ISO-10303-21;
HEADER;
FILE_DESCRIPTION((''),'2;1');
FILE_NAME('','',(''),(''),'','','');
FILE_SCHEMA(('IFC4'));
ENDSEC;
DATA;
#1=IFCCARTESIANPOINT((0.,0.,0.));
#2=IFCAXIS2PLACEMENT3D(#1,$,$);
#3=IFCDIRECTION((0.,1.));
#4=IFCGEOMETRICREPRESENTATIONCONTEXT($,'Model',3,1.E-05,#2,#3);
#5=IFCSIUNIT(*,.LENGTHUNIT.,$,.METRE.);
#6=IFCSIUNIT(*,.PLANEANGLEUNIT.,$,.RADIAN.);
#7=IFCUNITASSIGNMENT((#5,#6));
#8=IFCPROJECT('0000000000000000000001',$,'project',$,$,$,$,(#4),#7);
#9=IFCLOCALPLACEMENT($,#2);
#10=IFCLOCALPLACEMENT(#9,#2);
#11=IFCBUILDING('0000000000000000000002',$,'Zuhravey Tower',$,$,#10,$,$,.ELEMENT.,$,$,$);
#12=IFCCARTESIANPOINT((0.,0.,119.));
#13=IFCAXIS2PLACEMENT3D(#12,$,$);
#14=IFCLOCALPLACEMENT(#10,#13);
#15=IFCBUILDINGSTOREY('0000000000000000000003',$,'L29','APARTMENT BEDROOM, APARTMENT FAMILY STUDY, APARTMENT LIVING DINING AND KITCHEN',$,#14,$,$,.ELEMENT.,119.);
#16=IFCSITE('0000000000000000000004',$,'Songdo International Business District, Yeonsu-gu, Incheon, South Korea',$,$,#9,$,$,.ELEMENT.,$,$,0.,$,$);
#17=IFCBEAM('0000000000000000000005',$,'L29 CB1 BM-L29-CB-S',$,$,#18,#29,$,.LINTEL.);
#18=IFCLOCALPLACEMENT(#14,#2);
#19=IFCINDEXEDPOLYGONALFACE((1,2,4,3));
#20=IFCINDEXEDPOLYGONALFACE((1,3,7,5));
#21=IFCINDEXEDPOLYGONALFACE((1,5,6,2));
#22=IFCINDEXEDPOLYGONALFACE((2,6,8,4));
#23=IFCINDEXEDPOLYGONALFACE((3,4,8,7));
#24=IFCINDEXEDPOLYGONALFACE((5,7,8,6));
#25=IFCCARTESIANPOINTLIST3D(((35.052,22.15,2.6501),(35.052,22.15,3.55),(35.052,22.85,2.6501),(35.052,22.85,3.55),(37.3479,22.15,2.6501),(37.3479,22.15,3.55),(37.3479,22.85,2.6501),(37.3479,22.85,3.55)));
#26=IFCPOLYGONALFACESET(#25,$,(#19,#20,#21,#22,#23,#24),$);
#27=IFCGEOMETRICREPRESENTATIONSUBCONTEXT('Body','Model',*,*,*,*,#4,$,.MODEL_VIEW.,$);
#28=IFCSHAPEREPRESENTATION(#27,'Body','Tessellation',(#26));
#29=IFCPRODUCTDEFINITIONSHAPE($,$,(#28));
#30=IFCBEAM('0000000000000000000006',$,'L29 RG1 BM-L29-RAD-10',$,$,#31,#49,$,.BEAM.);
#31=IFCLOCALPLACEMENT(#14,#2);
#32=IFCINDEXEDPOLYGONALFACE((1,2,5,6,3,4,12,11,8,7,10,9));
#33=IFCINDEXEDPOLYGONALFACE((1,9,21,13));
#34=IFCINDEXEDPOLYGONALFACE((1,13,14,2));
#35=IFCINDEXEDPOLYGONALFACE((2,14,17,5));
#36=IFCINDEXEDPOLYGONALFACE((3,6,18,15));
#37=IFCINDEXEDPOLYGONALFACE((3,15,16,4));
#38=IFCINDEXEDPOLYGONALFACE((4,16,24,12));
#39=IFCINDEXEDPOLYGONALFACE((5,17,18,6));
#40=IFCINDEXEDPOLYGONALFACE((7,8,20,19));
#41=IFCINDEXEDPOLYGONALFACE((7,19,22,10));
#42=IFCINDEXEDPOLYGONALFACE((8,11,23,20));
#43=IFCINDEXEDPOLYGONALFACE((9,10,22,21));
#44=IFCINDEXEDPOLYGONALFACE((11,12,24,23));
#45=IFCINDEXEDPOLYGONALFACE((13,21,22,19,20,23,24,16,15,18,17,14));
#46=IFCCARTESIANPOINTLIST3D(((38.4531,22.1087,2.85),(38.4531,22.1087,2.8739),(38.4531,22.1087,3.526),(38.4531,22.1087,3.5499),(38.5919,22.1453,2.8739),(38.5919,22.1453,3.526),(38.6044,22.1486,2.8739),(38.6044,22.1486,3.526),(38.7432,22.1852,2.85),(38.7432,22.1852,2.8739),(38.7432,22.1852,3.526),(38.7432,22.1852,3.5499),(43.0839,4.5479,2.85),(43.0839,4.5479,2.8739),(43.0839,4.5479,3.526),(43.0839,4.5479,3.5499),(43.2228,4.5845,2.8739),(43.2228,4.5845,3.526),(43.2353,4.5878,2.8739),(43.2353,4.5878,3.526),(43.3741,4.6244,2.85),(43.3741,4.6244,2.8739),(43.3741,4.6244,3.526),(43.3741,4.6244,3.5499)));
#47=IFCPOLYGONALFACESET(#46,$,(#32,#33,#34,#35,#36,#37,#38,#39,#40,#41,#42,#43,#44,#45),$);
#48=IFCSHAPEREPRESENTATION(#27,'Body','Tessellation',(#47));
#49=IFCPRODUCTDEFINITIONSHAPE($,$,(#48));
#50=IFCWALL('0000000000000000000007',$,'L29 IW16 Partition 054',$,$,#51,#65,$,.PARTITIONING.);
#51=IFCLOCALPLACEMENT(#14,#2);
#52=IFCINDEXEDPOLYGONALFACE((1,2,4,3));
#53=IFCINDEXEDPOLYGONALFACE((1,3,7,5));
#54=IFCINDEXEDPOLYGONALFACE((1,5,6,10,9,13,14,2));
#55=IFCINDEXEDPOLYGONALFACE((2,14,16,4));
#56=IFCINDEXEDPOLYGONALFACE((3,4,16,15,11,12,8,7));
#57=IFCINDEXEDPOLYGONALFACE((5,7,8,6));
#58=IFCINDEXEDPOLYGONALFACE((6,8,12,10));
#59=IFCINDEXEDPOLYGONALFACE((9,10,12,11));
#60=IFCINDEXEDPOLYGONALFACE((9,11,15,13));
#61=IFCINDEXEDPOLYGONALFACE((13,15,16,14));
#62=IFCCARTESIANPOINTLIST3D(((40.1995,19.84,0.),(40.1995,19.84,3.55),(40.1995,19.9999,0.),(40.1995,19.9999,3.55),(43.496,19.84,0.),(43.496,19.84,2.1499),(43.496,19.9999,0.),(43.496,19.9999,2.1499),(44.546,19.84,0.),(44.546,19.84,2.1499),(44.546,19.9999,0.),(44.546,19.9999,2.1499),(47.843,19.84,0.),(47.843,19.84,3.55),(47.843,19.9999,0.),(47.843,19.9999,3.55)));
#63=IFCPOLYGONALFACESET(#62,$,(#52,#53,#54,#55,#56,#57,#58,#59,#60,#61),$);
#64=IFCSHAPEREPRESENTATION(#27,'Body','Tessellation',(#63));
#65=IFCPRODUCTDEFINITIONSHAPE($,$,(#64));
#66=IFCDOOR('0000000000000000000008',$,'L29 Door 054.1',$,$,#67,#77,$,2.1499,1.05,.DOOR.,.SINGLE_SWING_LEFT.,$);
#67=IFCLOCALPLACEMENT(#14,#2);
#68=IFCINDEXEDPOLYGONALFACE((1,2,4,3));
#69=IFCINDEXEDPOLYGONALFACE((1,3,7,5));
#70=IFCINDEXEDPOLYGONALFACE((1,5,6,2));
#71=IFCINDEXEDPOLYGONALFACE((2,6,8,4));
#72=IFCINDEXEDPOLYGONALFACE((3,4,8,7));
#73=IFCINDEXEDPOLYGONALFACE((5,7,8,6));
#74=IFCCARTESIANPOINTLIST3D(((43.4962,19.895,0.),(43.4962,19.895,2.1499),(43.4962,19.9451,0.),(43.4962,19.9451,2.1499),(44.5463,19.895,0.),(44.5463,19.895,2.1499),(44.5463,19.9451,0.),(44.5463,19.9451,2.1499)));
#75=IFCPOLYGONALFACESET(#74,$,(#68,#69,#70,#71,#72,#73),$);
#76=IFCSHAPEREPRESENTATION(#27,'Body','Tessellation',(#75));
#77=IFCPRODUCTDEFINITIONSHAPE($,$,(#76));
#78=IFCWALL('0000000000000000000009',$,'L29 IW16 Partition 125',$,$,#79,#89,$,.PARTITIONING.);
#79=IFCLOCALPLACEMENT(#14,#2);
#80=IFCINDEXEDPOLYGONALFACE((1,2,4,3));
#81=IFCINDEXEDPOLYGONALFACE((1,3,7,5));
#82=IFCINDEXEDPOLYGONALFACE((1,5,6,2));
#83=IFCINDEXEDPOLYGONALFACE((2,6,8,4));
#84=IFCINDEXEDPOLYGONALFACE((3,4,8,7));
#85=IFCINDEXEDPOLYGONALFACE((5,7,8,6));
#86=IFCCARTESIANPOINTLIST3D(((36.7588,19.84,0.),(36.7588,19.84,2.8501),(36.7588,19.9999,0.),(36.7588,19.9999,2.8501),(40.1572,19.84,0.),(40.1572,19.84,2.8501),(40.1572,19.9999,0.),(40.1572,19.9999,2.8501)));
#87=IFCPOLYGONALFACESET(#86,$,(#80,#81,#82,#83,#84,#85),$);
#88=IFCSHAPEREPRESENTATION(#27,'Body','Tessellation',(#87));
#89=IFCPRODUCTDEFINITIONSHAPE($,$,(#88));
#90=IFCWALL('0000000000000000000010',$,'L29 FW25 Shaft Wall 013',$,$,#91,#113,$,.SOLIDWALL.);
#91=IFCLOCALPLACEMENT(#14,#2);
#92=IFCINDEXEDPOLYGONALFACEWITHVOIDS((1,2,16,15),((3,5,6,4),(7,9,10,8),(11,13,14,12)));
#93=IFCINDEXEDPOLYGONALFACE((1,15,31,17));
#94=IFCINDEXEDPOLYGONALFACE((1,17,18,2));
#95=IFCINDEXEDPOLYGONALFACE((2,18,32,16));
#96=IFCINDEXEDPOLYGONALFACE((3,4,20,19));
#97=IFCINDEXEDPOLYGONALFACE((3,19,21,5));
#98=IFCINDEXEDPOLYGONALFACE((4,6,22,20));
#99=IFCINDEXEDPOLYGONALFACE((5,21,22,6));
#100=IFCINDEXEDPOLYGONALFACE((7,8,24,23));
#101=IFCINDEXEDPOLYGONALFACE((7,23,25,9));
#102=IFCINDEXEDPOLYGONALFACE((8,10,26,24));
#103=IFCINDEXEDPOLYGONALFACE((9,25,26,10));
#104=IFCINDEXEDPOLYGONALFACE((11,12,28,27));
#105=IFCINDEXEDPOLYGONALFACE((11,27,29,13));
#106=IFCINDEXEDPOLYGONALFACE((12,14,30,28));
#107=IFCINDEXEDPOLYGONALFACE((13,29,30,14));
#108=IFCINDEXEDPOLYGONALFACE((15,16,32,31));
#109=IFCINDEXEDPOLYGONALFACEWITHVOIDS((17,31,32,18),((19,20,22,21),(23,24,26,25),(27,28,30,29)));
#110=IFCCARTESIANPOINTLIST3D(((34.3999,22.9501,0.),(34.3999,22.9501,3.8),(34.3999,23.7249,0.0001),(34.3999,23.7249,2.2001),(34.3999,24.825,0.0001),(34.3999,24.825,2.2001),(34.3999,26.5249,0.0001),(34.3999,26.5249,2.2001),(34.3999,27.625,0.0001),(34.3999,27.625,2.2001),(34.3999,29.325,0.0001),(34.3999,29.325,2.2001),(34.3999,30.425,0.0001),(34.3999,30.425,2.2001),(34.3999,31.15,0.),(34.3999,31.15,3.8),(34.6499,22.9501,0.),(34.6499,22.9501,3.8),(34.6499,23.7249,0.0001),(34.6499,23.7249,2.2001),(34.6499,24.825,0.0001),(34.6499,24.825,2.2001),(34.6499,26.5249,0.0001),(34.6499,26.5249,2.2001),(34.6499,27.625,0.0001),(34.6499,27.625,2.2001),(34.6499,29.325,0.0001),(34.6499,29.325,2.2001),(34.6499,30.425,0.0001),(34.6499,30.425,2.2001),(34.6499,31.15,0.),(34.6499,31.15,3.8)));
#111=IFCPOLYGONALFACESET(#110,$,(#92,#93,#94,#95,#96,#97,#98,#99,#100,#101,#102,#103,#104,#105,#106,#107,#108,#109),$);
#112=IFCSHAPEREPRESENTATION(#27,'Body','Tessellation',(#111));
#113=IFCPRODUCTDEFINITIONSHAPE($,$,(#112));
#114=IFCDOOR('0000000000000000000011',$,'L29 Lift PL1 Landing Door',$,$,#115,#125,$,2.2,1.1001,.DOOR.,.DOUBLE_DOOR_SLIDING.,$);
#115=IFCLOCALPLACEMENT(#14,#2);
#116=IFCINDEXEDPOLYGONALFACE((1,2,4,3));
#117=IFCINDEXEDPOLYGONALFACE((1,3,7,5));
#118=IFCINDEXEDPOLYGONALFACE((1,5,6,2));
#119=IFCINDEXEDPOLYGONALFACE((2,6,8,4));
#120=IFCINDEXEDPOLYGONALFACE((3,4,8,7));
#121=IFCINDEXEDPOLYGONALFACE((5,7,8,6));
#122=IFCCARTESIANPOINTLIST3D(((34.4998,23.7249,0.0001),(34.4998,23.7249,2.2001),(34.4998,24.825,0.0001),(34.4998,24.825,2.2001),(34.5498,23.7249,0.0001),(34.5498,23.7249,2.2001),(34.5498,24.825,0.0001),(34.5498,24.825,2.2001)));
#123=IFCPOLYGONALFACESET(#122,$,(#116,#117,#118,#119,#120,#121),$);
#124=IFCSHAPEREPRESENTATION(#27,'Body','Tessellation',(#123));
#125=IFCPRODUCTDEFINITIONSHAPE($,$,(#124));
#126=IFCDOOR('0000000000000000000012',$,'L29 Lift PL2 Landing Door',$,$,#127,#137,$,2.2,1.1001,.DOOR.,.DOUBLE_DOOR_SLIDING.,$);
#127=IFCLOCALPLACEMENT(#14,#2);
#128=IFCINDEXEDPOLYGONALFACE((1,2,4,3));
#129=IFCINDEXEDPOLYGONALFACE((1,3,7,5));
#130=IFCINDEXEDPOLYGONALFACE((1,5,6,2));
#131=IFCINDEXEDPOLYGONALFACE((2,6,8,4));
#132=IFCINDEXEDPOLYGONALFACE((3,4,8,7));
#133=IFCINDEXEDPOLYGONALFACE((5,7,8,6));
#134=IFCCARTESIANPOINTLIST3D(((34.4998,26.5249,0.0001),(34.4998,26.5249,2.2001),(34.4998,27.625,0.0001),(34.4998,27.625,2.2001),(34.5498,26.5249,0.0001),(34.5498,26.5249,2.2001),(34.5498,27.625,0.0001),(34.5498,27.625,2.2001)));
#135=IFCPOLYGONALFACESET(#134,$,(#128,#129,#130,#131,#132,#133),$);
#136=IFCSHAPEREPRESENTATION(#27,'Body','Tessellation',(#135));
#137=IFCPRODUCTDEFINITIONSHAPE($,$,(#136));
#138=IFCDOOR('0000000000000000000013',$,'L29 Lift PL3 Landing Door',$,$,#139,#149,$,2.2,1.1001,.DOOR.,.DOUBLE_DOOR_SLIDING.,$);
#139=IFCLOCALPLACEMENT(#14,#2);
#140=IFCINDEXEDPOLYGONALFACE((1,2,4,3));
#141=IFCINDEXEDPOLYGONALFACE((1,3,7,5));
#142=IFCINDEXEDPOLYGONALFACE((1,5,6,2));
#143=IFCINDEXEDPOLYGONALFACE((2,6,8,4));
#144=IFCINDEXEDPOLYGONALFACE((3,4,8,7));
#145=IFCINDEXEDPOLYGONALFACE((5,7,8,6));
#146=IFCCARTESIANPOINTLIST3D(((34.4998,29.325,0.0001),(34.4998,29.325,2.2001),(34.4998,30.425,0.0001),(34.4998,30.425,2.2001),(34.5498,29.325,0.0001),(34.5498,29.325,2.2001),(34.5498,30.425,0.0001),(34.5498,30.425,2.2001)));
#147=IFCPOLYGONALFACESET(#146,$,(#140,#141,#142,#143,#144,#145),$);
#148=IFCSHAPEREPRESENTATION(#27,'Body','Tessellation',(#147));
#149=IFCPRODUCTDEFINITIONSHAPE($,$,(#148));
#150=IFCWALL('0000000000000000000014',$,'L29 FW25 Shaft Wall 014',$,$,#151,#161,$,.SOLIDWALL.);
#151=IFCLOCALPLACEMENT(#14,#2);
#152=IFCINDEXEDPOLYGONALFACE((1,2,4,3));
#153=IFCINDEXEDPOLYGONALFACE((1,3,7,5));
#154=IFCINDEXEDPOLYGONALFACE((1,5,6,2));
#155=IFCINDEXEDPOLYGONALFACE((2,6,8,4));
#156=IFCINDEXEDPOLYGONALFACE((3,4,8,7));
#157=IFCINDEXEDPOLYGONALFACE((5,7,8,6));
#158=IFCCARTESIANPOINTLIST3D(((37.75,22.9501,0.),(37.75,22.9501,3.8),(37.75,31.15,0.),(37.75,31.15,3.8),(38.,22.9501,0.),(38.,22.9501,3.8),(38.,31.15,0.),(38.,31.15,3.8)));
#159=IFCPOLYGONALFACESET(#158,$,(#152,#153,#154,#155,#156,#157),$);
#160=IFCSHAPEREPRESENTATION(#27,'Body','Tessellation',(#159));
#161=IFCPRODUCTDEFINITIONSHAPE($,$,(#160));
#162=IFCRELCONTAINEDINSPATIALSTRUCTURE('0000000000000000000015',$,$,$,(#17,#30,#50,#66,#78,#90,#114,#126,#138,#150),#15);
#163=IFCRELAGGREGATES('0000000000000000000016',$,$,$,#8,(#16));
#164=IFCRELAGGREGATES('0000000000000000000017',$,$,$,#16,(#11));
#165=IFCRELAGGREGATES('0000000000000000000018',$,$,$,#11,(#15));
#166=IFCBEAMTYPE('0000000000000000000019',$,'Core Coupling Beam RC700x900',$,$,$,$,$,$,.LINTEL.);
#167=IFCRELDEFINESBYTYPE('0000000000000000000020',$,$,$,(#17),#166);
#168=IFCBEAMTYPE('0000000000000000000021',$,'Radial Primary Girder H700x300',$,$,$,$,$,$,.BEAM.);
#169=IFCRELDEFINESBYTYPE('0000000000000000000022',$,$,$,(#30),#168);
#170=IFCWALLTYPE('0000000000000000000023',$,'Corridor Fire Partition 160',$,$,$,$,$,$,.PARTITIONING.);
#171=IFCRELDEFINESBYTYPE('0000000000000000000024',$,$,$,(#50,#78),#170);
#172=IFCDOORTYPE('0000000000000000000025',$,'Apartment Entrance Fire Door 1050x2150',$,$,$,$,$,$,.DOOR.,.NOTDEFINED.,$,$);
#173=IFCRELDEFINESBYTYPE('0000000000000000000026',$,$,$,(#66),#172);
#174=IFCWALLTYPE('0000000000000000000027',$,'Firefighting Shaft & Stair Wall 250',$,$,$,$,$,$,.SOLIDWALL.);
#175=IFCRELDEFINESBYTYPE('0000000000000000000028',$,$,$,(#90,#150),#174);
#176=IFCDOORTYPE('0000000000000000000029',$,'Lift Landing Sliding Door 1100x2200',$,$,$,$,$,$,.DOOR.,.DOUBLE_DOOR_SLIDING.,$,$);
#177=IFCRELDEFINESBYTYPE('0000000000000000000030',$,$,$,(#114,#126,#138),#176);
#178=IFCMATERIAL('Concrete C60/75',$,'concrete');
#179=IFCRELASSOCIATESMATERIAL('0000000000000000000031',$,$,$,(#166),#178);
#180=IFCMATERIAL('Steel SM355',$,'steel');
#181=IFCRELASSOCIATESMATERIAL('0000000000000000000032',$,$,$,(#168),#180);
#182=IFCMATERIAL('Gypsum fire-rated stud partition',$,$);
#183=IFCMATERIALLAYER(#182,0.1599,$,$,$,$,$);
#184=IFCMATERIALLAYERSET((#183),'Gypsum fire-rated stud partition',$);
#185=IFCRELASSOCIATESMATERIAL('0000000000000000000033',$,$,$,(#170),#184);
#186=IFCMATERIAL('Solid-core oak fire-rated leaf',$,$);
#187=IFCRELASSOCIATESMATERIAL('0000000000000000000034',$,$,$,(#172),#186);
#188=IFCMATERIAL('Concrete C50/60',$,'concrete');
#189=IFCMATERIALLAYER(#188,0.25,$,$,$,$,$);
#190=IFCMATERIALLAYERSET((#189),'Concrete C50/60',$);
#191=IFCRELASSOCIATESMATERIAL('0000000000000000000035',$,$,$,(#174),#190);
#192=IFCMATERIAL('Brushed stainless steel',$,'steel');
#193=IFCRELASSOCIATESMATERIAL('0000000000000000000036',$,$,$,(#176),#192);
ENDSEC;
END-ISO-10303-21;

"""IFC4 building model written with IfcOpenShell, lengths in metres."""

from ifc_helpers import new_model, si_unit, direction, frame, frame_2d, origin, origin_2d, place, context, subcontext, project, spatial, rectangle, i_section, extrude, material, layer, layer_set, material_profile, profile_set, type_object, element, fill, save


model = new_model("IFC4")

# Units and contexts
model_context = context("Model", 3, precision=1e-05, world=origin(), true_north=direction((0.0, 1.0)))
body_context = subcontext(model_context, "Body", "Model", "MODEL_VIEW")
ifc_project = project(units=[si_unit("LENGTHUNIT", "METRE"), si_unit("PLANEANGLEUNIT", "RADIAN")], contexts=[model_context])

# Site, building, storey
site_placement = place(None, origin())
site = spatial("IfcSite", under=ifc_project, at=site_placement, Name="Songdo International Business District, Yeonsu-gu, Incheon, South Korea", CompositionType="ELEMENT", RefElevation=0.0)
building_placement = place(site_placement, origin())
building = spatial("IfcBuilding", under=site, at=building_placement, Name="Zuhravey Tower", CompositionType="ELEMENT")
storey_placement = place(building_placement, frame((0.0, 0.0, 119.0)))
storey = spatial("IfcBuildingStorey", under=building, at=storey_placement, Name="L29", Description="APARTMENT BEDROOM, APARTMENT FAMILY STUDY, APARTMENT LIVING DINING AND KITCHEN", CompositionType="ELEMENT", Elevation=119.0)

# Beams
ifc_material_1 = material(Name="Concrete C60/75", Category="concrete")
ifc_material_profile_1 = material_profile(ifc_material_1, rectangle(XDim=0.7, YDim=0.8999, at=origin_2d()), Name="RC-700x900")
ifc_profile_set_1 = profile_set([ifc_material_profile_1], Name="Concrete C60/75")
beam_type_1 = type_object("IfcBeamType", Name="Core Coupling Beam RC700x900", PredefinedType="LINTEL", material=ifc_profile_set_1)
beam_1_placement = place(storey_placement, frame((35.052, 22.5, 3.1001), z_axis=(1.0, 0.0, 0.0), x_axis=(0.0, 1.0, 0.0)))
element("IfcBeam", 1, at=beam_1_placement, inside=storey, type_object=beam_type_1, Name="L29 CB1 BM-L29-CB-S", PredefinedType="LINTEL", context=body_context, shape_type="SweptSolid", body=[
    extrude(rectangle(XDim=0.7, YDim=0.8999, at=origin_2d()), origin(), (0.0, 0.0, 1.0), 2.2959),
])
ifc_material_2 = material(Name="Steel SM355", Category="steel")
ifc_material_profile_2 = material_profile(ifc_material_2, i_section(OverallWidth=0.3, OverallDepth=0.7, WebThickness=0.0129, FlangeThickness=0.0239, at=origin_2d()), Name="H-700x300x13x24")
ifc_profile_set_2 = profile_set([ifc_material_profile_2], Name="Steel SM355")
beam_type_2 = type_object("IfcBeamType", Name="Radial Primary Girder H700x300", PredefinedType="BEAM", material=ifc_profile_set_2)
beam_2_placement = place(storey_placement, frame((38.5981, 22.147, 3.2), z_axis=(0.254988, -0.966944, 0.0), x_axis=(0.966944, 0.254988, 0.0)))
element("IfcBeam", 2, at=beam_2_placement, inside=storey, type_object=beam_type_2, Name="L29 RG1 BM-L29-RAD-10", PredefinedType="BEAM", context=body_context, shape_type="SweptSolid", body=[
    extrude(i_section(OverallWidth=0.3, OverallDepth=0.7, WebThickness=0.0129, FlangeThickness=0.0239, at=origin_2d()), origin(), (0.0, 0.0, 1.0), 18.1611),
])

# Wall, opening, door
ifc_material_3 = material(Name="Gypsum fire-rated stud partition")
ifc_layer_1 = layer(ifc_material_3, 0.1599)
ifc_layer_set_1 = layer_set([ifc_layer_1], Name="Gypsum fire-rated stud partition")
wall_type_1 = type_object("IfcWallType", Name="Corridor Fire Partition 160", PredefinedType="PARTITIONING", material=ifc_layer_set_1)
wall_1_placement = place(storey_placement, frame((40.1995, 19.9199, 0.0), z_axis=(0.0, 0.0, 1.0), x_axis=(1.0, 0.0, 0.0)))
wall_1 = element("IfcWall", 3, at=wall_1_placement, inside=storey, type_object=wall_type_1, Name="L29 IW16 Partition 054", PredefinedType="PARTITIONING", context=body_context, shape_type="SweptSolid", body=[
    extrude(rectangle(XDim=7.6436, YDim=0.1599, at=frame_2d((3.8218, 0.0))), origin(), (0.0, 0.0, 1.0), 3.55),
])
opening_1_placement = place(wall_1_placement, frame((3.2966, 0.0, 0.0)))
opening_1 = element("IfcOpeningElement", 4, at=opening_1_placement, cuts=wall_1, PredefinedType="OPENING", context=body_context, shape_type="SweptSolid", body=[
    extrude(rectangle(XDim=1.05, YDim=2.1499, at=frame_2d((0.5249, 1.075))), frame((0.0, 0.092, 0.0), z_axis=(0.0, -1.0, 0.0), x_axis=(1.0, 0.0, 0.0)), (0.0, 0.0, 1.0), 0.1838),
])
ifc_material_4 = material(Name="Solid-core oak fire-rated leaf")
door_type_1 = type_object("IfcDoorType", Name="Apartment Entrance Fire Door 1050x2150", OperationType="NOTDEFINED", PredefinedType="DOOR", material=ifc_material_4)
door_1_placement = place(opening_1_placement, frame((1.05, 0.0, 0.0), z_axis=(0.0, 0.0, 1.0), x_axis=(-1.0, 0.0, 0.0)))
door_1 = element("IfcDoor", 5, at=door_1_placement, inside=storey, type_object=door_type_1, Name="L29 Door 054.1", OperationType="SINGLE_SWING_LEFT", OverallHeight=2.1499, OverallWidth=1.05, PredefinedType="DOOR", context=body_context, shape_type="SweptSolid", body=[
    extrude(rectangle(XDim=1.05, YDim=2.1499, at=frame_2d((0.5249, 1.075))), frame((0.0, 0.0249, 0.0), z_axis=(0.0, -1.0, 0.0), x_axis=(1.0, 0.0, 0.0)), (0.0, 0.0, 1.0), 0.05),
])
fill(opening_1, door_1)

# Wall
wall_2_placement = place(storey_placement, frame((36.7588, 19.9199, 0.0), z_axis=(0.0, 0.0, 1.0), x_axis=(1.0, 0.0, 0.0)))
element("IfcWall", 6, at=wall_2_placement, inside=storey, type_object=wall_type_1, Name="L29 IW16 Partition 125", PredefinedType="PARTITIONING", context=body_context, shape_type="SweptSolid", body=[
    extrude(rectangle(XDim=3.3984, YDim=0.1599, at=frame_2d((1.6992, 0.0))), origin(), (0.0, 0.0, 1.0), 2.8501),
])

# Shared definitions
ifc_material_5 = material(Name="Concrete C50/60", Category="concrete")
ifc_layer_2 = layer(ifc_material_5, 0.25)
ifc_layer_set_2 = layer_set([ifc_layer_2], Name="Concrete C50/60")
wall_type_2 = type_object("IfcWallType", Name="Firefighting Shaft & Stair Wall 250", PredefinedType="SOLIDWALL", material=ifc_layer_set_2)

# Wall, openings, doors
wall_3_placement = place(storey_placement, frame((34.5249, 22.95, 0.0), z_axis=(0.0, 0.0, 1.0), x_axis=(0.0, 1.0, 0.0)))
wall_3 = element("IfcWall", 7, at=wall_3_placement, inside=storey, type_object=wall_type_2, Name="L29 FW25 Shaft Wall 013", PredefinedType="SOLIDWALL", context=body_context, shape_type="SweptSolid", body=[
    extrude(rectangle(XDim=8.2, YDim=0.25, at=frame_2d((4.1001, 0.0))), origin(), (0.0, 0.0, 1.0), 3.8),
])
opening_2_placement = place(wall_3_placement, frame((0.7749, 0.0, 0.0)))
opening_2 = element("IfcOpeningElement", 8, at=opening_2_placement, cuts=wall_3, PredefinedType="OPENING", context=body_context, shape_type="SweptSolid", body=[
    extrude(rectangle(XDim=1.1001, YDim=2.2, at=frame_2d((0.55, 1.1001))), frame((0.0, 0.137, 0.0), z_axis=(0.0, -1.0, 0.0), x_axis=(1.0, 0.0, 0.0)), (0.0, 0.0, 1.0), 0.2739),
])
opening_3_placement = place(wall_3_placement, frame((3.575, 0.0, 0.0)))
opening_3 = element("IfcOpeningElement", 9, at=opening_3_placement, cuts=wall_3, PredefinedType="OPENING", context=body_context, shape_type="SweptSolid", body=[
    extrude(rectangle(XDim=1.1001, YDim=2.2, at=frame_2d((0.55, 1.1001))), frame((0.0, 0.137, 0.0), z_axis=(0.0, -1.0, 0.0), x_axis=(1.0, 0.0, 0.0)), (0.0, 0.0, 1.0), 0.2739),
])
opening_4_placement = place(wall_3_placement, frame((6.375, 0.0, 0.0)))
opening_4 = element("IfcOpeningElement", 10, at=opening_4_placement, cuts=wall_3, PredefinedType="OPENING", context=body_context, shape_type="SweptSolid", body=[
    extrude(rectangle(XDim=1.1001, YDim=2.2, at=frame_2d((0.55, 1.1001))), frame((0.0, 0.137, 0.0), z_axis=(0.0, -1.0, 0.0), x_axis=(1.0, 0.0, 0.0)), (0.0, 0.0, 1.0), 0.2739),
])
ifc_material_6 = material(Name="Brushed stainless steel", Category="steel")
door_type_2 = type_object("IfcDoorType", Name="Lift Landing Sliding Door 1100x2200", OperationType="DOUBLE_DOOR_SLIDING", PredefinedType="DOOR", material=ifc_material_6)
door_2_placement = place(opening_2_placement, frame((1.1001, 0.0, 0.0), z_axis=(0.0, 0.0, 1.0), x_axis=(-1.0, 0.0, 0.0)))
door_2 = element("IfcDoor", 11, at=door_2_placement, inside=storey, type_object=door_type_2, Name="L29 Lift PL1 Landing Door", OperationType="DOUBLE_DOOR_SLIDING", OverallHeight=2.2, OverallWidth=1.1001, PredefinedType="DOOR", context=body_context, shape_type="SweptSolid", body=[
    extrude(rectangle(XDim=1.1001, YDim=2.2, at=frame_2d((0.55, 1.1001))), frame((0.0, 0.0249, 0.0), z_axis=(0.0, -1.0, 0.0), x_axis=(1.0, 0.0, 0.0)), (0.0, 0.0, 1.0), 0.05),
])
fill(opening_2, door_2)
door_3_placement = place(opening_3_placement, frame((1.1001, 0.0, 0.0), z_axis=(0.0, 0.0, 1.0), x_axis=(-1.0, 0.0, 0.0)))
door_3 = element("IfcDoor", 12, at=door_3_placement, inside=storey, type_object=door_type_2, Name="L29 Lift PL2 Landing Door", OperationType="DOUBLE_DOOR_SLIDING", OverallHeight=2.2, OverallWidth=1.1001, PredefinedType="DOOR", context=body_context, shape_type="SweptSolid", body=[
    extrude(rectangle(XDim=1.1001, YDim=2.2, at=frame_2d((0.55, 1.1001))), frame((0.0, 0.0249, 0.0), z_axis=(0.0, -1.0, 0.0), x_axis=(1.0, 0.0, 0.0)), (0.0, 0.0, 1.0), 0.05),
])
fill(opening_3, door_3)
door_4_placement = place(opening_4_placement, frame((1.1001, 0.0, 0.0), z_axis=(0.0, 0.0, 1.0), x_axis=(-1.0, 0.0, 0.0)))
door_4 = element("IfcDoor", 13, at=door_4_placement, inside=storey, type_object=door_type_2, Name="L29 Lift PL3 Landing Door", OperationType="DOUBLE_DOOR_SLIDING", OverallHeight=2.2, OverallWidth=1.1001, PredefinedType="DOOR", context=body_context, shape_type="SweptSolid", body=[
    extrude(rectangle(XDim=1.1001, YDim=2.2, at=frame_2d((0.55, 1.1001))), frame((0.0, 0.0249, 0.0), z_axis=(0.0, -1.0, 0.0), x_axis=(1.0, 0.0, 0.0)), (0.0, 0.0, 1.0), 0.05),
])
fill(opening_4, door_4)

# Wall
wall_4_placement = place(storey_placement, frame((37.875, 22.95, 0.0), z_axis=(0.0, 0.0, 1.0), x_axis=(0.0, 1.0, 0.0)))
element("IfcWall", 14, at=wall_4_placement, inside=storey, type_object=wall_type_2, Name="L29 FW25 Shaft Wall 014", PredefinedType="SOLIDWALL", context=body_context, shape_type="SweptSolid", body=[
    extrude(rectangle(XDim=8.2, YDim=0.25, at=frame_2d((4.1001, 0.0))), origin(), (0.0, 0.0, 1.0), 3.8),
])

save(model, "model.ifc")
